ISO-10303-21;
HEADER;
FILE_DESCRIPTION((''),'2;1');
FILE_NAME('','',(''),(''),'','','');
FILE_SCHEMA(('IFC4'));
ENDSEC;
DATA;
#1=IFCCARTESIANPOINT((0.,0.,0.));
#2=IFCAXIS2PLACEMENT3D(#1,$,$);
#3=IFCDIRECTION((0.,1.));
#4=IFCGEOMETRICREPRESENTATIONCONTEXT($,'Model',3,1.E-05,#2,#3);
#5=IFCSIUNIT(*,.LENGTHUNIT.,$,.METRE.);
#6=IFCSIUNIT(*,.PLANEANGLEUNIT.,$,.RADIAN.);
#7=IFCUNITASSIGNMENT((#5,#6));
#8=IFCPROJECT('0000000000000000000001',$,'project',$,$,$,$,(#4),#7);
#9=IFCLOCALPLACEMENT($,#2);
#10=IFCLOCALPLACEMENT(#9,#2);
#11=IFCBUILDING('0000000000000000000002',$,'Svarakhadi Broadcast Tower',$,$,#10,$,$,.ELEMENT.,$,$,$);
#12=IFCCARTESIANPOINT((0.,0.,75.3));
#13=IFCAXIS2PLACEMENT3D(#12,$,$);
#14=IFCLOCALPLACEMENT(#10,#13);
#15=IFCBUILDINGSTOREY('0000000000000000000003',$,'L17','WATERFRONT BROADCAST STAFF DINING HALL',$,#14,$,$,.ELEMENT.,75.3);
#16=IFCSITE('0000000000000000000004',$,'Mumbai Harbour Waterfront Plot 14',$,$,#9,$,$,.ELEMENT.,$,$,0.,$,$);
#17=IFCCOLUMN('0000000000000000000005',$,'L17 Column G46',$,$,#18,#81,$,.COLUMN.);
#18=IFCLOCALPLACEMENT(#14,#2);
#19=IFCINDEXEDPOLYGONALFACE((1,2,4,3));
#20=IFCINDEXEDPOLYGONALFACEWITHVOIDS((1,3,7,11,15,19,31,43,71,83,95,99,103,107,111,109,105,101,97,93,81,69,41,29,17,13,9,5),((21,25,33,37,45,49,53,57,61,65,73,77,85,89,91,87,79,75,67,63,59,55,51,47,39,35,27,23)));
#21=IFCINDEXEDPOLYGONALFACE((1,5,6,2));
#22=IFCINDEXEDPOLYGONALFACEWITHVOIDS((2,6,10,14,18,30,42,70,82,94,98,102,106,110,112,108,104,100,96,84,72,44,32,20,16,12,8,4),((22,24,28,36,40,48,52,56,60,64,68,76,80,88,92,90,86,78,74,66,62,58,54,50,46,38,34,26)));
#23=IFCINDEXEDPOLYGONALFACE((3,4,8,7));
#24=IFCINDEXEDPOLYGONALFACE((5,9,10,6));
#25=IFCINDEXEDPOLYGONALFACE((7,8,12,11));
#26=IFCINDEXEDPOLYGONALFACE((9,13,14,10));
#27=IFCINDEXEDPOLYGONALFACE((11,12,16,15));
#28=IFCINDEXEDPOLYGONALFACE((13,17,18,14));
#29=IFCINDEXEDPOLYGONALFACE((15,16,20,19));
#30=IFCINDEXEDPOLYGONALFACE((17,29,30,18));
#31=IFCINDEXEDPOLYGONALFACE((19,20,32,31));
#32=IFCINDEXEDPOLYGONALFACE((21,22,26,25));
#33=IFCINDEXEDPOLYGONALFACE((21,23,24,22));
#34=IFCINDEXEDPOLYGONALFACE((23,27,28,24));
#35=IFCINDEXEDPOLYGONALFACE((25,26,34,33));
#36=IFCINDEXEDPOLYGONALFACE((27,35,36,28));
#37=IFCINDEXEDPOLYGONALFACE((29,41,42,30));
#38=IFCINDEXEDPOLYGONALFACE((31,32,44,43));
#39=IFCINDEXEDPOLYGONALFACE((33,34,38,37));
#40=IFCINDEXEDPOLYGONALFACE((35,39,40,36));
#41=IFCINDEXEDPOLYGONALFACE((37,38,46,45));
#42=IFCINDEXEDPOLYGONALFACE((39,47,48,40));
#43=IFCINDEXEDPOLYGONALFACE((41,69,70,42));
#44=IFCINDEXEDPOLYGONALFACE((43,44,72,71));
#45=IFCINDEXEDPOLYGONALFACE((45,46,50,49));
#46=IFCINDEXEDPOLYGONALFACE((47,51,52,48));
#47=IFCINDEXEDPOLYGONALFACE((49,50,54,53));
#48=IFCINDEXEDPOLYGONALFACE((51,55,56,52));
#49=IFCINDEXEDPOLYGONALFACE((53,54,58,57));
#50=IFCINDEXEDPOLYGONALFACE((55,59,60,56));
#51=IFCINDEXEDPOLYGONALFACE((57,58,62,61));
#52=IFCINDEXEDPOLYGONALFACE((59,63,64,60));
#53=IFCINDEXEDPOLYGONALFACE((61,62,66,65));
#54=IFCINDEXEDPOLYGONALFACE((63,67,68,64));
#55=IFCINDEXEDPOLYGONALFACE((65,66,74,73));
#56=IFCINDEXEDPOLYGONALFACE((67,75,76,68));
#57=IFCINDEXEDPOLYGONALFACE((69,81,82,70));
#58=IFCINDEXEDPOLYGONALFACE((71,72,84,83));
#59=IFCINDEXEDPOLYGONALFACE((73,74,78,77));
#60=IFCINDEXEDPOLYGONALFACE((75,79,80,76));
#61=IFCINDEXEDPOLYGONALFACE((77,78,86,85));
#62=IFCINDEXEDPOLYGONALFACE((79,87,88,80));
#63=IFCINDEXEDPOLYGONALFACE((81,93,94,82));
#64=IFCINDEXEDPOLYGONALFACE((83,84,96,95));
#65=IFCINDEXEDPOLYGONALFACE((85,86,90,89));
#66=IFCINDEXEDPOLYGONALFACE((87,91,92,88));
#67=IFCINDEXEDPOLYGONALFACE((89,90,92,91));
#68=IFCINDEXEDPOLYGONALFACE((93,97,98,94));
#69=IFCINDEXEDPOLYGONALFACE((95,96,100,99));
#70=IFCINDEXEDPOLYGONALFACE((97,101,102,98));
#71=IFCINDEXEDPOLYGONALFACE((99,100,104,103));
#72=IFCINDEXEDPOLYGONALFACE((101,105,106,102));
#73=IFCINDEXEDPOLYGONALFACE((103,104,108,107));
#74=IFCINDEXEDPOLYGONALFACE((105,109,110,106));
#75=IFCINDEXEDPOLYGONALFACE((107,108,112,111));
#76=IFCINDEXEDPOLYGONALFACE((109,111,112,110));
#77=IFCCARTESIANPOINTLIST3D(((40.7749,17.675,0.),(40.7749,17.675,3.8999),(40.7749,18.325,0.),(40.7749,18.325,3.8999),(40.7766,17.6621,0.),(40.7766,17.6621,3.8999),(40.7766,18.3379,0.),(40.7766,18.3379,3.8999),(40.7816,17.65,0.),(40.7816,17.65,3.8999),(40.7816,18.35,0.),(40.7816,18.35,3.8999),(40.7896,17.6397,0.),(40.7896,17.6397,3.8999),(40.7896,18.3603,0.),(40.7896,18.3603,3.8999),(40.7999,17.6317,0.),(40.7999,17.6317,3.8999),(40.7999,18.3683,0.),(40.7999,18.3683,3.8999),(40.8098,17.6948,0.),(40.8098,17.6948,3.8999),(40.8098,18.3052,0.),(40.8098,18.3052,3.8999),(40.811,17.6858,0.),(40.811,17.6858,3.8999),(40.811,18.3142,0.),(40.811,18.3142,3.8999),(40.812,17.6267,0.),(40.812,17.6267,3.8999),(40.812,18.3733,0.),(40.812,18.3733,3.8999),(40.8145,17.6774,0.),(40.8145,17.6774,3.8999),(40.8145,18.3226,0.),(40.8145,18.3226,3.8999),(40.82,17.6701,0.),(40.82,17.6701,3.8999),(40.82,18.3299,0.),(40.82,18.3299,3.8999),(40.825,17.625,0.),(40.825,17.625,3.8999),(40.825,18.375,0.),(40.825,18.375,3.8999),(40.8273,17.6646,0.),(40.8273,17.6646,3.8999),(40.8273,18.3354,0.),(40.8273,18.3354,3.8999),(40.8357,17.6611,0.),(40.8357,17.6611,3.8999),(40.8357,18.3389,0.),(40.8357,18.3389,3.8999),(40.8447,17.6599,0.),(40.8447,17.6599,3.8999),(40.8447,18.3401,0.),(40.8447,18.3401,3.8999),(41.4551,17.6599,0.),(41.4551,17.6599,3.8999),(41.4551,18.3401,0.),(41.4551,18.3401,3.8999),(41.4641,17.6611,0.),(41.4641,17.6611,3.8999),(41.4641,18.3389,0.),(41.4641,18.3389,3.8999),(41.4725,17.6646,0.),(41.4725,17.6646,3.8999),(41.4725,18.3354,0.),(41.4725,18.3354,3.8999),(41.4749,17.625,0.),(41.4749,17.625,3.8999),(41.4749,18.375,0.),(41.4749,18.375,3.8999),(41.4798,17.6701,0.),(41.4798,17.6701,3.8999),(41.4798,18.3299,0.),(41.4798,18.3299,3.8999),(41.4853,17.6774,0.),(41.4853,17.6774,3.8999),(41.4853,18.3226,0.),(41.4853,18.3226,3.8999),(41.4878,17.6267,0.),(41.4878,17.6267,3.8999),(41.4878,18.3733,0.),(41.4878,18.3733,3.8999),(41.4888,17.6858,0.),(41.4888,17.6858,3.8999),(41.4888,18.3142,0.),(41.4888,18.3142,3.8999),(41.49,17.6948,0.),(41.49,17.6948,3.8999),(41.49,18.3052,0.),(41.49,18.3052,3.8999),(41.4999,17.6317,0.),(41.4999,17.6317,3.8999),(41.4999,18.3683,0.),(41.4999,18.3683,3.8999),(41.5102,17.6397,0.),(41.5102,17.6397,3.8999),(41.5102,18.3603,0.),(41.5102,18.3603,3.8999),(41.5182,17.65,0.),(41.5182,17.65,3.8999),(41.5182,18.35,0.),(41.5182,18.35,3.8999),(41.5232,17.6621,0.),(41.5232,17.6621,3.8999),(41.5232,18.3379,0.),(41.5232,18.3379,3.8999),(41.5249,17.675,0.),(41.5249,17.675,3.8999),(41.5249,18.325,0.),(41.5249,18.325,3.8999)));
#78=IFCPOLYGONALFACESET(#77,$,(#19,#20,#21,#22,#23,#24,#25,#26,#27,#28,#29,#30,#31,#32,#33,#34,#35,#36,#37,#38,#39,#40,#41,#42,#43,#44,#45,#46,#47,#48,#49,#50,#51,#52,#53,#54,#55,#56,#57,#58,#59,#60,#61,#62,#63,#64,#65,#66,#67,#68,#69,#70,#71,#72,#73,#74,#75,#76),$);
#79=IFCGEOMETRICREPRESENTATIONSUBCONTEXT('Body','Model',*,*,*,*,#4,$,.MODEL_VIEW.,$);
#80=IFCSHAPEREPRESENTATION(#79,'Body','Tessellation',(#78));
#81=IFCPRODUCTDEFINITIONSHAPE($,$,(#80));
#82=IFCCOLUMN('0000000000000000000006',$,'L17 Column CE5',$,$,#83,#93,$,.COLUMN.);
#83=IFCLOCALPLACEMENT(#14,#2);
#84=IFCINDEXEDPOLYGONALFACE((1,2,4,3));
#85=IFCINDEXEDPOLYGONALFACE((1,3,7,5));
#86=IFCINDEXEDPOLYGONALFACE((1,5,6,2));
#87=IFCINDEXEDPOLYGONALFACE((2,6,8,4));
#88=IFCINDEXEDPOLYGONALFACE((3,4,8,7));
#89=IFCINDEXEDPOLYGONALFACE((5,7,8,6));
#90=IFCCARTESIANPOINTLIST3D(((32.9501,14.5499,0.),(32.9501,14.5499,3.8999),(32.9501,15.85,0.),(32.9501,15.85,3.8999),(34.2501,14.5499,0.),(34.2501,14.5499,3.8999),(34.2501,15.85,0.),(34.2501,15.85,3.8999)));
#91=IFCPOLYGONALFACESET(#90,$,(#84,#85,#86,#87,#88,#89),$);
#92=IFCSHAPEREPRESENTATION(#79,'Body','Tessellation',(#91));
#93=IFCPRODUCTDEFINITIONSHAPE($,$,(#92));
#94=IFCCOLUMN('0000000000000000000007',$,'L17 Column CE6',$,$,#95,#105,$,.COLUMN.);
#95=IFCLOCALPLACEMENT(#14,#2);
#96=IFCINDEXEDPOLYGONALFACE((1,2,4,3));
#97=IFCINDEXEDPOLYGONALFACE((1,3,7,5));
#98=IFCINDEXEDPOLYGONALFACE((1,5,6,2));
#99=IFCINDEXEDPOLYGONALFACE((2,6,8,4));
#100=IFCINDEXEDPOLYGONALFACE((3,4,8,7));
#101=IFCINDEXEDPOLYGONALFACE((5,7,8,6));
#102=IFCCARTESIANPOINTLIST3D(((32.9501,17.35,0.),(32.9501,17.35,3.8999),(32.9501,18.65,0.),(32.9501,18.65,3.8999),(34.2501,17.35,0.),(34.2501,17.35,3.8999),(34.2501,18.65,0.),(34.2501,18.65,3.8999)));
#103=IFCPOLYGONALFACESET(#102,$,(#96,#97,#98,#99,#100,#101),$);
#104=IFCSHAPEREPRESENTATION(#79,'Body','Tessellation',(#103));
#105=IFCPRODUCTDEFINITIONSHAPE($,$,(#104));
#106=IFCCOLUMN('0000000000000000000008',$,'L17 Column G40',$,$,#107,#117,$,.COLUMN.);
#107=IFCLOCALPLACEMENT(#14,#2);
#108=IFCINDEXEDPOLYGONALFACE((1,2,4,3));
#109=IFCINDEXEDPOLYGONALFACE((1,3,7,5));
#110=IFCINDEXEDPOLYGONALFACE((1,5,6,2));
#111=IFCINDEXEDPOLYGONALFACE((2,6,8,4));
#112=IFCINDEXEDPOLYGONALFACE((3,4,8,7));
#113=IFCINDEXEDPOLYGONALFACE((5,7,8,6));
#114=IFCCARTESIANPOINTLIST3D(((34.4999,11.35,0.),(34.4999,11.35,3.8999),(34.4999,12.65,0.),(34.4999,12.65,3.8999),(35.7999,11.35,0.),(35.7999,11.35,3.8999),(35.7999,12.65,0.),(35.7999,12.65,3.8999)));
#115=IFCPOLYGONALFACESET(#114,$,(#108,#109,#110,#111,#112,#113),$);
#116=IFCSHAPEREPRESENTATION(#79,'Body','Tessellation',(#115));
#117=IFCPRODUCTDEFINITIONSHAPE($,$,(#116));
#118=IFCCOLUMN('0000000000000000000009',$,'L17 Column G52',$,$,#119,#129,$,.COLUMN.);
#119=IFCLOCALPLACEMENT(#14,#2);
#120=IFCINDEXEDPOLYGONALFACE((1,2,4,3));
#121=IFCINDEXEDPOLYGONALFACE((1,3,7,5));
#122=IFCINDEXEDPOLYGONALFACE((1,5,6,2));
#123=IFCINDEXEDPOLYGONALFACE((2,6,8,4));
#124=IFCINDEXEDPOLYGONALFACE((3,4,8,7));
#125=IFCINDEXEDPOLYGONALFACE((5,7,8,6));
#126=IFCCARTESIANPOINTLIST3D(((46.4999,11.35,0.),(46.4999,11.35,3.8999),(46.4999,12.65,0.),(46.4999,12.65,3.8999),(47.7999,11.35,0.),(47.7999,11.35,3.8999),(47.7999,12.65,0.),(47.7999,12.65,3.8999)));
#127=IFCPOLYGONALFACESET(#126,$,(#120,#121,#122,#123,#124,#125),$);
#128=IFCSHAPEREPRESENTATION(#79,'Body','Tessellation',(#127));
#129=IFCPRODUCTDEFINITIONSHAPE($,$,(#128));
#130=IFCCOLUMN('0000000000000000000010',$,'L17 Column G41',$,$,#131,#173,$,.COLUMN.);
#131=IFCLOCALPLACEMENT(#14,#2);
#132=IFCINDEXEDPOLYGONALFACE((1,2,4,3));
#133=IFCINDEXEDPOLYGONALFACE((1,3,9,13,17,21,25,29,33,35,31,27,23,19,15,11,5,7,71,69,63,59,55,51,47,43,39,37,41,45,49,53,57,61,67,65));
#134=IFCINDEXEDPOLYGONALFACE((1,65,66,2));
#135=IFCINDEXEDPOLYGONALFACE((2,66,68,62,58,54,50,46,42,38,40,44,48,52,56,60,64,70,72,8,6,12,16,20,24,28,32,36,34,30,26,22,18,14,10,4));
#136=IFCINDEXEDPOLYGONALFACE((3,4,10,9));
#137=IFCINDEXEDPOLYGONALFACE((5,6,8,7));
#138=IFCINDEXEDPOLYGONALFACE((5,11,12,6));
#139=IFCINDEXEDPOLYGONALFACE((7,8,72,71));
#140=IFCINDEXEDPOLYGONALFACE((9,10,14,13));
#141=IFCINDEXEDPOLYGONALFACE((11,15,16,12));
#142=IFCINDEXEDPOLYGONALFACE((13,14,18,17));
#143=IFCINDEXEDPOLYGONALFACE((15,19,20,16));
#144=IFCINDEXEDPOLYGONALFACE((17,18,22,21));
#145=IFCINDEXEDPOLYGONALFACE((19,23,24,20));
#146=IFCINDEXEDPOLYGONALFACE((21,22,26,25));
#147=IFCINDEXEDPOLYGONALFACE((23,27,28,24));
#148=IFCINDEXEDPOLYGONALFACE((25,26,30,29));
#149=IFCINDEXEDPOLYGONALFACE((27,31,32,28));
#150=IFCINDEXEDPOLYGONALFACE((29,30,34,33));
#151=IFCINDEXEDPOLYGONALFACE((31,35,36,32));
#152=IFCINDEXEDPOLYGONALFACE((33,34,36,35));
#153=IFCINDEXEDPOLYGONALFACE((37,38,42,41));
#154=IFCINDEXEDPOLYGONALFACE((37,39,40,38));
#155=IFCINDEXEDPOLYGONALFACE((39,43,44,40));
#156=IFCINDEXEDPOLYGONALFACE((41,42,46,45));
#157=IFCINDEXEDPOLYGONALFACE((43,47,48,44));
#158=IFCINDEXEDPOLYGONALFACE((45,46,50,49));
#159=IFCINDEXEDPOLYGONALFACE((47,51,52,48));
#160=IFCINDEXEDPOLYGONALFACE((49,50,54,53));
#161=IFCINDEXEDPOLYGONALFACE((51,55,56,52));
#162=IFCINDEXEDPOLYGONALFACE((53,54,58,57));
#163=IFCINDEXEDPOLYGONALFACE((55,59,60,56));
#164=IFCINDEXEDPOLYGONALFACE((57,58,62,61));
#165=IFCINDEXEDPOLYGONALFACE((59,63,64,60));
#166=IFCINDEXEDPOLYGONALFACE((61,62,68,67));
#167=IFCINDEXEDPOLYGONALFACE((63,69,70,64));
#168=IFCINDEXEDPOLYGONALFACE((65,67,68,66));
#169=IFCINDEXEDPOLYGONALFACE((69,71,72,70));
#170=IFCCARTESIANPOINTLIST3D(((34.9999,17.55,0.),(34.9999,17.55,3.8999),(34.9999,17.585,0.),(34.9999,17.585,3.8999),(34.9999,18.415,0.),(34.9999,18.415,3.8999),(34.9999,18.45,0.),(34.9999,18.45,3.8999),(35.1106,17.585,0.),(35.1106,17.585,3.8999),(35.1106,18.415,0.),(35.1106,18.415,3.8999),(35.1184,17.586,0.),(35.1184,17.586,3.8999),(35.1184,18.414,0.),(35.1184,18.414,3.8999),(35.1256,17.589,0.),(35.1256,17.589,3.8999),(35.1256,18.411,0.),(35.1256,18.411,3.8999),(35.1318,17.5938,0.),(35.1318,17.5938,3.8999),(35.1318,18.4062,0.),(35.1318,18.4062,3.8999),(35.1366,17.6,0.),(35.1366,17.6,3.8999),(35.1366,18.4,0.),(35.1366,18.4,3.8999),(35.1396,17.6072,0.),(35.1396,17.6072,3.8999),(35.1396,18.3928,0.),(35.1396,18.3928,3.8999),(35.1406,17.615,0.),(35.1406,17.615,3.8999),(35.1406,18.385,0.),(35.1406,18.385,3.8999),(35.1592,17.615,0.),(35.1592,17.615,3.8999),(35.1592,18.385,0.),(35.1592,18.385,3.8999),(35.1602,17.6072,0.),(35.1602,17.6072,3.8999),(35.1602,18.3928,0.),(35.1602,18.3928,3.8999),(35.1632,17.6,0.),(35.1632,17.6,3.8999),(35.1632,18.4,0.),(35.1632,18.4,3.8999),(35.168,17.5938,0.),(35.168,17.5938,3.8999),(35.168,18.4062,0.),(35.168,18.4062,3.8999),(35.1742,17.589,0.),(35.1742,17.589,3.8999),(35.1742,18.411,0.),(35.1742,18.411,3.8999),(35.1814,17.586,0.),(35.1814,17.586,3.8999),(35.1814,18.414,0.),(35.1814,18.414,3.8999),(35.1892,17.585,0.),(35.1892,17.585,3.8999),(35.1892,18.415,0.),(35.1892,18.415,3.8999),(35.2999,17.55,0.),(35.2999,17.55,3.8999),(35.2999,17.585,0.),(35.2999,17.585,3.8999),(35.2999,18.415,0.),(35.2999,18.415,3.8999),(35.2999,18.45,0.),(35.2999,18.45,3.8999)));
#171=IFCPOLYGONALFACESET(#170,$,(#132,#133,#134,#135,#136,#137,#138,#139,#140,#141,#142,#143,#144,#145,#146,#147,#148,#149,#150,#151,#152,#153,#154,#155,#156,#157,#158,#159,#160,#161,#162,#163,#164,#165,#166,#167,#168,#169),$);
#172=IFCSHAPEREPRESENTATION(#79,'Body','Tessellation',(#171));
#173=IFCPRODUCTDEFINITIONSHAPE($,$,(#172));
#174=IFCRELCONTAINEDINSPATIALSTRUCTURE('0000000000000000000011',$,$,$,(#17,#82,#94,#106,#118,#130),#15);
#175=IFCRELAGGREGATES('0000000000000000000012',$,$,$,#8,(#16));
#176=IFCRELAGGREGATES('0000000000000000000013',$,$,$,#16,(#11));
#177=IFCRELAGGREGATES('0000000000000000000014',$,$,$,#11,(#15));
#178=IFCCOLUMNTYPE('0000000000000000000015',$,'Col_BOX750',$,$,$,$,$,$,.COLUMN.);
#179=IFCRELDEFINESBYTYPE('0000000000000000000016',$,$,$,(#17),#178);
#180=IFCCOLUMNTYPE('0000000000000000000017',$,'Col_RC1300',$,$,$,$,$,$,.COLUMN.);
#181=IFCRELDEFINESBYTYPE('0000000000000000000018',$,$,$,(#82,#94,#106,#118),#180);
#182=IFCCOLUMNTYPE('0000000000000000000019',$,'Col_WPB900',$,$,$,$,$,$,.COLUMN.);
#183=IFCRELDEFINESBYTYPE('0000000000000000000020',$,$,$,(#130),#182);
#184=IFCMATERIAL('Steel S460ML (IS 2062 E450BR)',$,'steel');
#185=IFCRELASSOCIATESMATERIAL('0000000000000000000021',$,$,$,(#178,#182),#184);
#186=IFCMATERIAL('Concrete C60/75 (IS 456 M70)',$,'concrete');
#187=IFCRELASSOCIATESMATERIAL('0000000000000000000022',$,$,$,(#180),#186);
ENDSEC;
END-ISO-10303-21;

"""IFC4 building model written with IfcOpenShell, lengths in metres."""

from ifc_helpers import new_model, si_unit, direction, frame, origin, origin_2d, place, context, subcontext, project, spatial, rectangle, hollow_rectangle, i_section, extrude, material, material_profile, profile_set, type_object, element, save


model = new_model("IFC4")

# Units and contexts
model_context = context("Model", 3, precision=1e-05, world=origin(), true_north=direction((0.0, 1.0)))
body_context = subcontext(model_context, "Body", "Model", "MODEL_VIEW")
ifc_project = project(units=[si_unit("LENGTHUNIT", "METRE"), si_unit("PLANEANGLEUNIT", "RADIAN")], contexts=[model_context])

# Site, building, storey
site_placement = place(None, origin())
site = spatial("IfcSite", under=ifc_project, at=site_placement, Name="Mumbai Harbour Waterfront Plot 14", CompositionType="ELEMENT", RefElevation=0.0)
building_placement = place(site_placement, origin())
building = spatial("IfcBuilding", under=site, at=building_placement, Name="Svarakhadi Broadcast Tower", CompositionType="ELEMENT")
storey_placement = place(building_placement, frame((0.0, 0.0, 75.3)))
storey = spatial("IfcBuildingStorey", under=building, at=storey_placement, Name="L17", Description="WATERFRONT BROADCAST STAFF DINING HALL", CompositionType="ELEMENT", Elevation=75.3)

# Columns
ifc_material_1 = material(Name="Steel S460ML (IS 2062 E450BR)", Category="steel")
ifc_material_profile_1 = material_profile(ifc_material_1, hollow_rectangle(XDim=0.75, YDim=0.75, WallThickness=0.0349, InnerFilletRadius=0.0349, OuterFilletRadius=0.05, at=origin_2d()), Name="BOX 750x750x35")
ifc_profile_set_1 = profile_set([ifc_material_profile_1], Name="Steel S460ML (IS 2062 E450BR)")
column_type_1 = type_object("IfcColumnType", Name="Col_BOX750", PredefinedType="COLUMN", material=ifc_profile_set_1)
column_placement = place(storey_placement, frame((41.1499, 18.0, 0.0), z_axis=(0.0, 0.0, 1.0), x_axis=(1.0, 0.0, 0.0)))
element("IfcColumn", 1, at=column_placement, inside=storey, type_object=column_type_1, Name="L17 Column G46", PredefinedType="COLUMN", context=body_context, shape_type="SweptSolid", body=[
    extrude(hollow_rectangle(XDim=0.75, YDim=0.75, WallThickness=0.0349, InnerFilletRadius=0.0349, OuterFilletRadius=0.05, at=origin_2d()), origin(), (0.0, 0.0, 1.0), 3.8999),
])
ifc_material_2 = material(Name="Concrete C60/75 (IS 456 M70)", Category="concrete")
ifc_material_profile_2 = material_profile(ifc_material_2, rectangle(XDim=1.3, YDim=1.3, at=origin_2d()), Name="RC 1300x1300")
ifc_profile_set_2 = profile_set([ifc_material_profile_2], Name="Concrete C60/75 (IS 456 M70)")
column_type_2 = type_object("IfcColumnType", Name="Col_RC1300", PredefinedType="COLUMN", material=ifc_profile_set_2)
for number, where, z_axis, x_axis, name in (
    (2, (33.6001, 15.2, 0.0), (0.0, 0.0, 1.0), (1.0, 0.0, 0.0), "L17 Column CE5"),
    (3, (33.6001, 18.0, 0.0), (0.0, 0.0, 1.0), (1.0, 0.0, 0.0), "L17 Column CE6"),
    (4, (35.1499, 12.0, 0.0), (0.0, 0.0, 1.0), (1.0, 0.0, 0.0), "L17 Column G40"),
    (5, (47.1499, 12.0, 0.0), (0.0, 0.0, 1.0), (1.0, 0.0, 0.0), "L17 Column G52"),
):
    element("IfcColumn", number, at=place(storey_placement, frame(where, z_axis=z_axis, x_axis=x_axis)), inside=storey, type_object=column_type_2, Name=name, PredefinedType="COLUMN", context=body_context, shape_type="SweptSolid", body=[
        extrude(rectangle(XDim=1.3, YDim=1.3, at=origin_2d()), origin(), (0.0, 0.0, 1.0), 3.8999),
    ])
ifc_material_profile_3 = material_profile(ifc_material_1, i_section(OverallWidth=0.3, OverallDepth=0.8999, WebThickness=0.0186, FlangeThickness=0.0349, FilletRadius=0.03, at=origin_2d()), Name="WPB 900x300x291")
ifc_profile_set_3 = profile_set([ifc_material_profile_3], Name="Steel S460ML (IS 2062 E450BR)")
column_type_3 = type_object("IfcColumnType", Name="Col_WPB900", PredefinedType="COLUMN", material=ifc_profile_set_3)
for number, where, z_axis, x_axis, name in (
    (6, (35.1499, 18.0, 0.0), (0.0, 0.0, 1.0), (1.0, 0.0, 0.0), "L17 Column G41"),
):
    element("IfcColumn", number, at=place(storey_placement, frame(where, z_axis=z_axis, x_axis=x_axis)), inside=storey, type_object=column_type_3, Name=name, PredefinedType="COLUMN", context=body_context, shape_type="SweptSolid", body=[
        extrude(i_section(OverallWidth=0.3, OverallDepth=0.8999, WebThickness=0.0186, FlangeThickness=0.0349, FilletRadius=0.03, at=origin_2d()), origin(), (0.0, 0.0, 1.0), 3.8999),
    ])

save(model, "model.ifc")
